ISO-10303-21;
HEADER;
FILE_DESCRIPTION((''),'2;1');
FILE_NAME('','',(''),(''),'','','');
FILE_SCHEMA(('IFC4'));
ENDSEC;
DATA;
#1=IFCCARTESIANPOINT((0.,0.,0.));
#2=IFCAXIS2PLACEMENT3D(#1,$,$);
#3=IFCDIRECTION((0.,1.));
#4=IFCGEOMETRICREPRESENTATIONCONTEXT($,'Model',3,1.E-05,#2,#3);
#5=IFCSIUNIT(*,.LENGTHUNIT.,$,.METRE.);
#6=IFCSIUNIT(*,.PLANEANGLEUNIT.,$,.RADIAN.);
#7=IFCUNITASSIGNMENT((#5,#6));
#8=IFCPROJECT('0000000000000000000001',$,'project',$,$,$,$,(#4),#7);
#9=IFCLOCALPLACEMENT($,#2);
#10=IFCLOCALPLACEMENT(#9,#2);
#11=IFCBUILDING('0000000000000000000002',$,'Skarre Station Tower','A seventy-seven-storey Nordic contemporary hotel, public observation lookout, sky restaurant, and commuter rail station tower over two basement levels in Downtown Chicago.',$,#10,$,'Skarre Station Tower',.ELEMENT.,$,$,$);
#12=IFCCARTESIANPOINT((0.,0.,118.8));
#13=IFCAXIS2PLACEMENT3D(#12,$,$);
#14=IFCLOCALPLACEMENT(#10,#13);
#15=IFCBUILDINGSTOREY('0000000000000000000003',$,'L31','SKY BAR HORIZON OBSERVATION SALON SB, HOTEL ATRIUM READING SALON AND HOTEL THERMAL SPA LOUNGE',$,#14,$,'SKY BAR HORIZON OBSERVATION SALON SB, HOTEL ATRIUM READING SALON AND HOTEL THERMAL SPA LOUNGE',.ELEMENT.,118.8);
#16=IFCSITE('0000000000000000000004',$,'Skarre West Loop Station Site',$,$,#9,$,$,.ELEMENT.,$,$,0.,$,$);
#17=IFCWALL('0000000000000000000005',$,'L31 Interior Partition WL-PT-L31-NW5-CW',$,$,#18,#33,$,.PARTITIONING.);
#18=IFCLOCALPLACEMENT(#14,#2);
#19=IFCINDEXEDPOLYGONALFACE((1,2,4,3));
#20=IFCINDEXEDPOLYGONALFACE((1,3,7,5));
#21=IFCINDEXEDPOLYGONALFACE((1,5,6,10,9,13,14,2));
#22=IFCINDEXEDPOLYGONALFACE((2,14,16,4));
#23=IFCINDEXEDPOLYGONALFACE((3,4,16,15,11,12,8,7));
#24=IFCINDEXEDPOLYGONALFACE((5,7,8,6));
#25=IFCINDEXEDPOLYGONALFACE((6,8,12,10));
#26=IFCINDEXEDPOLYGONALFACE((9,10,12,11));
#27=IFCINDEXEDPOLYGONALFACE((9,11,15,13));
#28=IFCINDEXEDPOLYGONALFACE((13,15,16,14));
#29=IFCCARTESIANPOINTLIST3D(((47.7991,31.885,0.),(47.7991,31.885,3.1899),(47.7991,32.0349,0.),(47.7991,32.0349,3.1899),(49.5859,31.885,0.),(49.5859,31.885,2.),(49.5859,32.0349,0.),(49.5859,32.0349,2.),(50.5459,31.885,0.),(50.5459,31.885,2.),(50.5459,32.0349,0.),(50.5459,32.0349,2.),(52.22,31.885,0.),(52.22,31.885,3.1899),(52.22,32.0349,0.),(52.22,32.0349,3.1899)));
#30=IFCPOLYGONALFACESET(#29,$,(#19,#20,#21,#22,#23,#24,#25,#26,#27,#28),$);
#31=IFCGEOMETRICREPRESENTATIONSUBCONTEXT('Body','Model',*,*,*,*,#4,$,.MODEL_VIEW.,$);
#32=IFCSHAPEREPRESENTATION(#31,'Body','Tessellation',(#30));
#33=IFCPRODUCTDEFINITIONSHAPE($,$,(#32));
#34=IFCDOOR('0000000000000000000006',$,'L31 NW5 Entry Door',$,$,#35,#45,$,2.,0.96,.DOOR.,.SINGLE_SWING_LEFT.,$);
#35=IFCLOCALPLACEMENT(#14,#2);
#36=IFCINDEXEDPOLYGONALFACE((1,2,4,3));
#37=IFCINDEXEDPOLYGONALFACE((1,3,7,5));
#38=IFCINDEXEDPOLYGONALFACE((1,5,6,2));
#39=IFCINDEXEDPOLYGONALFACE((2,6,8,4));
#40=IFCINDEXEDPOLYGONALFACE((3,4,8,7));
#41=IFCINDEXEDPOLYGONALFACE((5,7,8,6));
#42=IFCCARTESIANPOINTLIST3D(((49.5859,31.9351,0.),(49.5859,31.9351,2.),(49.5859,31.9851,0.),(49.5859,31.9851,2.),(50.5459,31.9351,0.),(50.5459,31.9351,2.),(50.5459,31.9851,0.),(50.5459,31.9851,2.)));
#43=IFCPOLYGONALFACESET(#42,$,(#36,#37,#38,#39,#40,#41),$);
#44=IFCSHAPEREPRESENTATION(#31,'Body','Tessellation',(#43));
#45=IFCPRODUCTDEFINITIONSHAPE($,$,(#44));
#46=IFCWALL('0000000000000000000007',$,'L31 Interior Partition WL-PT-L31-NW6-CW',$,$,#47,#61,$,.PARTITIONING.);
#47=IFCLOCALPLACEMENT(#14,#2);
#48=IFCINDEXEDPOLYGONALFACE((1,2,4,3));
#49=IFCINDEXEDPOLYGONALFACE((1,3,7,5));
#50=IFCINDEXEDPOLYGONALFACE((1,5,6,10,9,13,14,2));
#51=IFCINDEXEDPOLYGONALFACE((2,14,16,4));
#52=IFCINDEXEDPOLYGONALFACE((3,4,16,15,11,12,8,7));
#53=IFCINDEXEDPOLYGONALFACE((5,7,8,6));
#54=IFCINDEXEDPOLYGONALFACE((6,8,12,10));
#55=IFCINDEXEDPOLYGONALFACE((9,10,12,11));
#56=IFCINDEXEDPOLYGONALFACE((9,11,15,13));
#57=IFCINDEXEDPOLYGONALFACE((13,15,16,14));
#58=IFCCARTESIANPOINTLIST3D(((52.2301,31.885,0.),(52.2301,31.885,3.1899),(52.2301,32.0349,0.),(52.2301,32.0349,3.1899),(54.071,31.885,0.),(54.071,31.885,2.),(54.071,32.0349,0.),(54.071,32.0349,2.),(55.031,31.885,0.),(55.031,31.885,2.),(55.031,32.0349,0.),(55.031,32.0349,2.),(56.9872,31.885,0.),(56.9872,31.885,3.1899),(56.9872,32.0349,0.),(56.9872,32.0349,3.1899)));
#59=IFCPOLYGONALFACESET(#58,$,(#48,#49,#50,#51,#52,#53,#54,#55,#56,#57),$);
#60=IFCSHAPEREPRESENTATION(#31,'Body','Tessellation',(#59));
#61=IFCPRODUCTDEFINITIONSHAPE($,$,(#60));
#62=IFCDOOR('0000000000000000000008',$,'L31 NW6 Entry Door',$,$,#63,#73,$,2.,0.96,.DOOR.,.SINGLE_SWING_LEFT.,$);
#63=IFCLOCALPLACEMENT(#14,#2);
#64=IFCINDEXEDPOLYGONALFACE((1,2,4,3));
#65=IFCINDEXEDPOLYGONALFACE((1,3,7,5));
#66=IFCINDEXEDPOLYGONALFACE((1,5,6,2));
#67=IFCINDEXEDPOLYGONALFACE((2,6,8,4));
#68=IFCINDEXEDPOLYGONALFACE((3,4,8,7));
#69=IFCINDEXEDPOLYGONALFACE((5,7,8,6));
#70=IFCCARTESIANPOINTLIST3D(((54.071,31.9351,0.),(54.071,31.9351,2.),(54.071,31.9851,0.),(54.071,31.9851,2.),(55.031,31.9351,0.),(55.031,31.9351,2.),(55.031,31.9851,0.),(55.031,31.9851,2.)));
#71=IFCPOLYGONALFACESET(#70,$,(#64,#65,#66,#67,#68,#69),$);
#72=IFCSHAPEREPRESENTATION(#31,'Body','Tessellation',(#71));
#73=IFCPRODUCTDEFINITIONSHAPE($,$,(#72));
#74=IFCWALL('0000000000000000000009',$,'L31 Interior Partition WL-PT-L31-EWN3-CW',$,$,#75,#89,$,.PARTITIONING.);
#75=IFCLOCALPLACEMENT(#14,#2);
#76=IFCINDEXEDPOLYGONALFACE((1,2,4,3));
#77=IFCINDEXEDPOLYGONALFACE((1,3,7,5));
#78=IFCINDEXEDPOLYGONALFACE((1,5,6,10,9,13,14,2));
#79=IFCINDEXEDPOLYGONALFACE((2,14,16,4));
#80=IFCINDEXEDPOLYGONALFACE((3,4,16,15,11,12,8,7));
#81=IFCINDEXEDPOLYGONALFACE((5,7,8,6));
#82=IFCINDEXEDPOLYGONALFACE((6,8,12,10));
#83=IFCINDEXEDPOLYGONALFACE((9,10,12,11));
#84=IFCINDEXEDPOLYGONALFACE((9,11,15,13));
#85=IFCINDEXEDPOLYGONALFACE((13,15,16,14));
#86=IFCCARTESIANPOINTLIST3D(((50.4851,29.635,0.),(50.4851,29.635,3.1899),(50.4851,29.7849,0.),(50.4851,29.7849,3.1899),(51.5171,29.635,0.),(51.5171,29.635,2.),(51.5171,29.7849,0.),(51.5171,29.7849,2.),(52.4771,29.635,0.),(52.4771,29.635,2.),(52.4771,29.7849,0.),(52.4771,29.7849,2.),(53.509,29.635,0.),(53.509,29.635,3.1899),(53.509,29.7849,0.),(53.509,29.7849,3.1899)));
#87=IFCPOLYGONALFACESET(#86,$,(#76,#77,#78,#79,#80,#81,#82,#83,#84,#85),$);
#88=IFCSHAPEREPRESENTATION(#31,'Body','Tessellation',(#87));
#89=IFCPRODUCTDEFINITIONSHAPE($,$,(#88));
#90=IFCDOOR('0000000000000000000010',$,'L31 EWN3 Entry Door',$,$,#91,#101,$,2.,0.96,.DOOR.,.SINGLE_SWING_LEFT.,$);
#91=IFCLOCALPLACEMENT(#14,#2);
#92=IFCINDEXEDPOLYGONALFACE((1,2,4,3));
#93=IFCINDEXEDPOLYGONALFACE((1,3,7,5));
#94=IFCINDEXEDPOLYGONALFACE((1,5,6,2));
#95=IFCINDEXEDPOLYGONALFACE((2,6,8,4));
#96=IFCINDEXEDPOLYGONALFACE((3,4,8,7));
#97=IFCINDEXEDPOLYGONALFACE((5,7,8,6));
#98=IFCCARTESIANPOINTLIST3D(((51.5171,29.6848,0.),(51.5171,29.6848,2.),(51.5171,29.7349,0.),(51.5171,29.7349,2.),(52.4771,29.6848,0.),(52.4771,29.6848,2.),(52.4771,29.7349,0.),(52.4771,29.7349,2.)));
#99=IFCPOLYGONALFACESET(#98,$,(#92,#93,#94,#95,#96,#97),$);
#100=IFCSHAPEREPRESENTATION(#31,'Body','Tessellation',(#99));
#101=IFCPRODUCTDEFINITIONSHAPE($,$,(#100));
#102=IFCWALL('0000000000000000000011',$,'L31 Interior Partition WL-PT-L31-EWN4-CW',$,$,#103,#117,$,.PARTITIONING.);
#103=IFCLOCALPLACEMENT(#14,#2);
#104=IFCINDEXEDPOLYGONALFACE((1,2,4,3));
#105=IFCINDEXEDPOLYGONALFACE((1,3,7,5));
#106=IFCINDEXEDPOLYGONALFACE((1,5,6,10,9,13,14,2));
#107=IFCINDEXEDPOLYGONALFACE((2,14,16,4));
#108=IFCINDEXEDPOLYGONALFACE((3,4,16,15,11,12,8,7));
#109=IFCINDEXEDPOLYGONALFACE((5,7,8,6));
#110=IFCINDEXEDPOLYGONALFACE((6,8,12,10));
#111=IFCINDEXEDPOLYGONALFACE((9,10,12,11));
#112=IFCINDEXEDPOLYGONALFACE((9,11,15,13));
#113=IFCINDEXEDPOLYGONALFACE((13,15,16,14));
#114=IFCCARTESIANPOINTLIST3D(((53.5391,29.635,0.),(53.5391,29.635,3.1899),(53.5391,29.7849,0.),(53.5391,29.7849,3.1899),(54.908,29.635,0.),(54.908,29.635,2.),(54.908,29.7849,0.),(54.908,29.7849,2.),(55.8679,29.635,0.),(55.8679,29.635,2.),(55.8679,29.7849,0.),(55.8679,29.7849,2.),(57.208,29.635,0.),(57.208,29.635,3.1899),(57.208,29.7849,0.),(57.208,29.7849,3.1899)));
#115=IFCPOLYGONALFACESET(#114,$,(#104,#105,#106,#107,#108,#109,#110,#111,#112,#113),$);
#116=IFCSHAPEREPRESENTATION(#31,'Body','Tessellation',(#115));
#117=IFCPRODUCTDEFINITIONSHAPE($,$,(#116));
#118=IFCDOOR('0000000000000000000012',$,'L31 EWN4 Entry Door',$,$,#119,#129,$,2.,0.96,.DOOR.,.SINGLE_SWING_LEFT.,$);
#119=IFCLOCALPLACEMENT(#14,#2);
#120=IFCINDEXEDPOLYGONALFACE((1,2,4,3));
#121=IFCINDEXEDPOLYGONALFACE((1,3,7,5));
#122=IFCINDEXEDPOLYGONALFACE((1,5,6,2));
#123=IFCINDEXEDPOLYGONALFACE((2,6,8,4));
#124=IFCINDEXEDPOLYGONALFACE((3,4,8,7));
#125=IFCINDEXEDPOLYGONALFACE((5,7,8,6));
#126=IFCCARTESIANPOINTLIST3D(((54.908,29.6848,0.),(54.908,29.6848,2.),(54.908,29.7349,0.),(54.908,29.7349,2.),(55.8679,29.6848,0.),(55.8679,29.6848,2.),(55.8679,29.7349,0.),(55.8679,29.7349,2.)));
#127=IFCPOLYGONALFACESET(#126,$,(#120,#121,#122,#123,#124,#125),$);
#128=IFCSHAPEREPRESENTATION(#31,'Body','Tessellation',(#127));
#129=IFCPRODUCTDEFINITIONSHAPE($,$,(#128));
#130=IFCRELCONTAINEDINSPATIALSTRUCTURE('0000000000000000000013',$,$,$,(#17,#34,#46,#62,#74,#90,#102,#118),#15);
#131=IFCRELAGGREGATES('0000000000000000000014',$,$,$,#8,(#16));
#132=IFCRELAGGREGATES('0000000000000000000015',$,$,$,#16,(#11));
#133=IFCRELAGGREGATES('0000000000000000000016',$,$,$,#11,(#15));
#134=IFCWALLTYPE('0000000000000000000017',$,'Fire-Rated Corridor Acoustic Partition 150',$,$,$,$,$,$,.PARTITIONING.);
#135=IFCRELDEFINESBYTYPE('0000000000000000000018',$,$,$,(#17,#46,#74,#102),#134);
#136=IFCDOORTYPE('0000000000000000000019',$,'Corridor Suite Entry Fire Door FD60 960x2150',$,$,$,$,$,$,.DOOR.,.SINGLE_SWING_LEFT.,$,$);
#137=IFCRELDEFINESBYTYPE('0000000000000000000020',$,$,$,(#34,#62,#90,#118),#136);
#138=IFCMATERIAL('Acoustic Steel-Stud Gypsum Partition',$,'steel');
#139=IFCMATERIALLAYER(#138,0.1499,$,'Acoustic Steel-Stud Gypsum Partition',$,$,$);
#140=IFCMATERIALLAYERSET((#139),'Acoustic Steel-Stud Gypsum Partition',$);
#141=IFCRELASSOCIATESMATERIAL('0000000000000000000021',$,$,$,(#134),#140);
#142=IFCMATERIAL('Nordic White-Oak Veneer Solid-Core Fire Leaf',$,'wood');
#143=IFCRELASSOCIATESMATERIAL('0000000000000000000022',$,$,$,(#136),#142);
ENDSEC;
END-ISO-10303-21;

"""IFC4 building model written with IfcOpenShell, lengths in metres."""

from ifc_helpers import new_model, si_unit, direction, frame, frame_2d, origin, place, context, subcontext, project, spatial, rectangle, extrude, material, layer, layer_set, type_object, element, fill, save


model = new_model("IFC4")

# Units and contexts
model_context = context("Model", 3, precision=1e-05, world=origin(), true_north=direction((0.0, 1.0)))
body_context = subcontext(model_context, "Body", "Model", "MODEL_VIEW")
ifc_project = project(units=[si_unit("LENGTHUNIT", "METRE"), si_unit("PLANEANGLEUNIT", "RADIAN")], contexts=[model_context])

# Site, building, storey
site_placement = place(None, origin())
site = spatial("IfcSite", under=ifc_project, at=site_placement, Name="Skarre West Loop Station Site", CompositionType="ELEMENT", RefElevation=0.0)
building_placement = place(site_placement, origin())
building = spatial("IfcBuilding", under=site, at=building_placement, Name="Skarre Station Tower", Description="A seventy-seven-storey Nordic contemporary hotel, public observation lookout, sky restaurant, and commuter rail station tower over two basement levels in Downtown Chicago.", LongName="Skarre Station Tower", CompositionType="ELEMENT")
storey_placement = place(building_placement, frame((0.0, 0.0, 118.8)))
storey = spatial("IfcBuildingStorey", under=building, at=storey_placement, Name="L31", Description="SKY BAR HORIZON OBSERVATION SALON SB, HOTEL ATRIUM READING SALON AND HOTEL THERMAL SPA LOUNGE", LongName="SKY BAR HORIZON OBSERVATION SALON SB, HOTEL ATRIUM READING SALON AND HOTEL THERMAL SPA LOUNGE", CompositionType="ELEMENT", Elevation=118.8)

# Walls, openings, doors
ifc_material_1 = material(Name="Acoustic Steel-Stud Gypsum Partition", Category="steel")
ifc_layer_1 = layer(ifc_material_1, 0.1499, Name="Acoustic Steel-Stud Gypsum Partition")
ifc_layer_set_1 = layer_set([ifc_layer_1], Name="Acoustic Steel-Stud Gypsum Partition")
wall_type_1 = type_object("IfcWallType", Name="Fire-Rated Corridor Acoustic Partition 150", PredefinedType="PARTITIONING", material=ifc_layer_set_1)
ifc_material_2 = material(Name="Nordic White-Oak Veneer Solid-Core Fire Leaf", Category="wood")
door_type = type_object("IfcDoorType", Name="Corridor Suite Entry Fire Door FD60 960x2150", OperationType="SINGLE_SWING_LEFT", PredefinedType="DOOR", material=ifc_material_2)
wall_1_placement = place(storey_placement, frame((52.22, 31.96, 0.0), z_axis=(0.0, 0.0, 1.0), x_axis=(-1.0, 0.0, 0.0)))
wall_1 = element("IfcWall", 1, at=wall_1_placement, inside=storey, type_object=wall_type_1, Name="L31 Interior Partition WL-PT-L31-NW5-CW", PredefinedType="PARTITIONING", context=body_context, shape_type="SweptSolid", body=[
    extrude(rectangle(XDim=4.4209, YDim=0.1499, at=frame_2d((2.2104, 0.0))), origin(), (0.0, 0.0, 1.0), 3.1899),
])
opening_1_placement = place(wall_1_placement, frame((1.6741, 0.0, 0.0)))
opening_1 = element("IfcOpeningElement", 2, at=opening_1_placement, cuts=wall_1, PredefinedType="OPENING", context=body_context, shape_type="SweptSolid", body=[
    extrude(rectangle(XDim=0.96, YDim=2.0, at=frame_2d((0.48, 1.0))), frame((0.0, 0.085, 0.0), z_axis=(0.0, -1.0, 0.0), x_axis=(1.0, 0.0, 0.0)), (0.0, 0.0, 1.0), 0.1699),
])
door_1_placement = place(opening_1_placement, origin())
door_1 = element("IfcDoor", 3, at=door_1_placement, inside=storey, type_object=door_type, Name="L31 NW5 Entry Door", OperationType="SINGLE_SWING_LEFT", OverallHeight=2.0, OverallWidth=0.96, PredefinedType="DOOR", context=body_context, shape_type="SweptSolid", body=[
    extrude(rectangle(XDim=0.96, YDim=2.0, at=frame_2d((0.48, 1.0))), frame((0.0, 0.0249, 0.0), z_axis=(0.0, -1.0, 0.0), x_axis=(1.0, 0.0, 0.0)), (0.0, 0.0, 1.0), 0.05),
])
fill(opening_1, door_1)
wall_2_placement = place(storey_placement, frame((56.9871, 31.96, 0.0), z_axis=(0.0, 0.0, 1.0), x_axis=(-1.0, 0.0, 0.0)))
wall_2 = element("IfcWall", 4, at=wall_2_placement, inside=storey, type_object=wall_type_1, Name="L31 Interior Partition WL-PT-L31-NW6-CW", PredefinedType="PARTITIONING", context=body_context, shape_type="SweptSolid", body=[
    extrude(rectangle(XDim=4.7571, YDim=0.1499, at=frame_2d((2.3784, 0.0))), origin(), (0.0, 0.0, 1.0), 3.1899),
])
opening_2_placement = place(wall_2_placement, frame((1.9561, 0.0, 0.0)))
opening_2 = element("IfcOpeningElement", 5, at=opening_2_placement, cuts=wall_2, PredefinedType="OPENING", context=body_context, shape_type="SweptSolid", body=[
    extrude(rectangle(XDim=0.96, YDim=2.0, at=frame_2d((0.48, 1.0))), frame((0.0, 0.085, 0.0), z_axis=(0.0, -1.0, 0.0), x_axis=(1.0, 0.0, 0.0)), (0.0, 0.0, 1.0), 0.1699),
])
door_2_placement = place(opening_2_placement, origin())
door_2 = element("IfcDoor", 6, at=door_2_placement, inside=storey, type_object=door_type, Name="L31 NW6 Entry Door", OperationType="SINGLE_SWING_LEFT", OverallHeight=2.0, OverallWidth=0.96, PredefinedType="DOOR", context=body_context, shape_type="SweptSolid", body=[
    extrude(rectangle(XDim=0.96, YDim=2.0, at=frame_2d((0.48, 1.0))), frame((0.0, 0.0249, 0.0), z_axis=(0.0, -1.0, 0.0), x_axis=(1.0, 0.0, 0.0)), (0.0, 0.0, 1.0), 0.05),
])
fill(opening_2, door_2)
wall_3_placement = place(storey_placement, frame((50.4851, 29.71, 0.0), z_axis=(0.0, 0.0, 1.0), x_axis=(1.0, 0.0, 0.0)))
wall_3 = element("IfcWall", 7, at=wall_3_placement, inside=storey, type_object=wall_type_1, Name="L31 Interior Partition WL-PT-L31-EWN3-CW", PredefinedType="PARTITIONING", context=body_context, shape_type="SweptSolid", body=[
    extrude(rectangle(XDim=3.0239, YDim=0.1499, at=frame_2d((1.512, 0.0))), origin(), (0.0, 0.0, 1.0), 3.1899),
])
opening_3_placement = place(wall_3_placement, frame((1.032, 0.0, 0.0)))
opening_3 = element("IfcOpeningElement", 8, at=opening_3_placement, cuts=wall_3, PredefinedType="OPENING", context=body_context, shape_type="SweptSolid", body=[
    extrude(rectangle(XDim=0.96, YDim=2.0, at=frame_2d((0.48, 1.0))), frame((0.0, 0.085, 0.0), z_axis=(0.0, -1.0, 0.0), x_axis=(1.0, 0.0, 0.0)), (0.0, 0.0, 1.0), 0.1699),
])
door_3_placement = place(opening_3_placement, origin())
door_3 = element("IfcDoor", 9, at=door_3_placement, inside=storey, type_object=door_type, Name="L31 EWN3 Entry Door", OperationType="SINGLE_SWING_LEFT", OverallHeight=2.0, OverallWidth=0.96, PredefinedType="DOOR", context=body_context, shape_type="SweptSolid", body=[
    extrude(rectangle(XDim=0.96, YDim=2.0, at=frame_2d((0.48, 1.0))), frame((0.0, 0.0249, 0.0), z_axis=(0.0, -1.0, 0.0), x_axis=(1.0, 0.0, 0.0)), (0.0, 0.0, 1.0), 0.05),
])
fill(opening_3, door_3)
wall_4_placement = place(storey_placement, frame((53.5391, 29.71, 0.0), z_axis=(0.0, 0.0, 1.0), x_axis=(1.0, 0.0, 0.0)))
wall_4 = element("IfcWall", 10, at=wall_4_placement, inside=storey, type_object=wall_type_1, Name="L31 Interior Partition WL-PT-L31-EWN4-CW", PredefinedType="PARTITIONING", context=body_context, shape_type="SweptSolid", body=[
    extrude(rectangle(XDim=3.6689, YDim=0.1499, at=frame_2d((1.8345, 0.0))), origin(), (0.0, 0.0, 1.0), 3.1899),
])
opening_4_placement = place(wall_4_placement, frame((1.3689, 0.0, 0.0)))
opening_4 = element("IfcOpeningElement", 11, at=opening_4_placement, cuts=wall_4, PredefinedType="OPENING", context=body_context, shape_type="SweptSolid", body=[
    extrude(rectangle(XDim=0.96, YDim=2.0, at=frame_2d((0.48, 1.0))), frame((0.0, 0.085, 0.0), z_axis=(0.0, -1.0, 0.0), x_axis=(1.0, 0.0, 0.0)), (0.0, 0.0, 1.0), 0.1699),
])
door_4_placement = place(opening_4_placement, origin())
door_4 = element("IfcDoor", 12, at=door_4_placement, inside=storey, type_object=door_type, Name="L31 EWN4 Entry Door", OperationType="SINGLE_SWING_LEFT", OverallHeight=2.0, OverallWidth=0.96, PredefinedType="DOOR", context=body_context, shape_type="SweptSolid", body=[
    extrude(rectangle(XDim=0.96, YDim=2.0, at=frame_2d((0.48, 1.0))), frame((0.0, 0.0249, 0.0), z_axis=(0.0, -1.0, 0.0), x_axis=(1.0, 0.0, 0.0)), (0.0, 0.0, 1.0), 0.05),
])
fill(opening_4, door_4)

save(model, "model.ifc")
